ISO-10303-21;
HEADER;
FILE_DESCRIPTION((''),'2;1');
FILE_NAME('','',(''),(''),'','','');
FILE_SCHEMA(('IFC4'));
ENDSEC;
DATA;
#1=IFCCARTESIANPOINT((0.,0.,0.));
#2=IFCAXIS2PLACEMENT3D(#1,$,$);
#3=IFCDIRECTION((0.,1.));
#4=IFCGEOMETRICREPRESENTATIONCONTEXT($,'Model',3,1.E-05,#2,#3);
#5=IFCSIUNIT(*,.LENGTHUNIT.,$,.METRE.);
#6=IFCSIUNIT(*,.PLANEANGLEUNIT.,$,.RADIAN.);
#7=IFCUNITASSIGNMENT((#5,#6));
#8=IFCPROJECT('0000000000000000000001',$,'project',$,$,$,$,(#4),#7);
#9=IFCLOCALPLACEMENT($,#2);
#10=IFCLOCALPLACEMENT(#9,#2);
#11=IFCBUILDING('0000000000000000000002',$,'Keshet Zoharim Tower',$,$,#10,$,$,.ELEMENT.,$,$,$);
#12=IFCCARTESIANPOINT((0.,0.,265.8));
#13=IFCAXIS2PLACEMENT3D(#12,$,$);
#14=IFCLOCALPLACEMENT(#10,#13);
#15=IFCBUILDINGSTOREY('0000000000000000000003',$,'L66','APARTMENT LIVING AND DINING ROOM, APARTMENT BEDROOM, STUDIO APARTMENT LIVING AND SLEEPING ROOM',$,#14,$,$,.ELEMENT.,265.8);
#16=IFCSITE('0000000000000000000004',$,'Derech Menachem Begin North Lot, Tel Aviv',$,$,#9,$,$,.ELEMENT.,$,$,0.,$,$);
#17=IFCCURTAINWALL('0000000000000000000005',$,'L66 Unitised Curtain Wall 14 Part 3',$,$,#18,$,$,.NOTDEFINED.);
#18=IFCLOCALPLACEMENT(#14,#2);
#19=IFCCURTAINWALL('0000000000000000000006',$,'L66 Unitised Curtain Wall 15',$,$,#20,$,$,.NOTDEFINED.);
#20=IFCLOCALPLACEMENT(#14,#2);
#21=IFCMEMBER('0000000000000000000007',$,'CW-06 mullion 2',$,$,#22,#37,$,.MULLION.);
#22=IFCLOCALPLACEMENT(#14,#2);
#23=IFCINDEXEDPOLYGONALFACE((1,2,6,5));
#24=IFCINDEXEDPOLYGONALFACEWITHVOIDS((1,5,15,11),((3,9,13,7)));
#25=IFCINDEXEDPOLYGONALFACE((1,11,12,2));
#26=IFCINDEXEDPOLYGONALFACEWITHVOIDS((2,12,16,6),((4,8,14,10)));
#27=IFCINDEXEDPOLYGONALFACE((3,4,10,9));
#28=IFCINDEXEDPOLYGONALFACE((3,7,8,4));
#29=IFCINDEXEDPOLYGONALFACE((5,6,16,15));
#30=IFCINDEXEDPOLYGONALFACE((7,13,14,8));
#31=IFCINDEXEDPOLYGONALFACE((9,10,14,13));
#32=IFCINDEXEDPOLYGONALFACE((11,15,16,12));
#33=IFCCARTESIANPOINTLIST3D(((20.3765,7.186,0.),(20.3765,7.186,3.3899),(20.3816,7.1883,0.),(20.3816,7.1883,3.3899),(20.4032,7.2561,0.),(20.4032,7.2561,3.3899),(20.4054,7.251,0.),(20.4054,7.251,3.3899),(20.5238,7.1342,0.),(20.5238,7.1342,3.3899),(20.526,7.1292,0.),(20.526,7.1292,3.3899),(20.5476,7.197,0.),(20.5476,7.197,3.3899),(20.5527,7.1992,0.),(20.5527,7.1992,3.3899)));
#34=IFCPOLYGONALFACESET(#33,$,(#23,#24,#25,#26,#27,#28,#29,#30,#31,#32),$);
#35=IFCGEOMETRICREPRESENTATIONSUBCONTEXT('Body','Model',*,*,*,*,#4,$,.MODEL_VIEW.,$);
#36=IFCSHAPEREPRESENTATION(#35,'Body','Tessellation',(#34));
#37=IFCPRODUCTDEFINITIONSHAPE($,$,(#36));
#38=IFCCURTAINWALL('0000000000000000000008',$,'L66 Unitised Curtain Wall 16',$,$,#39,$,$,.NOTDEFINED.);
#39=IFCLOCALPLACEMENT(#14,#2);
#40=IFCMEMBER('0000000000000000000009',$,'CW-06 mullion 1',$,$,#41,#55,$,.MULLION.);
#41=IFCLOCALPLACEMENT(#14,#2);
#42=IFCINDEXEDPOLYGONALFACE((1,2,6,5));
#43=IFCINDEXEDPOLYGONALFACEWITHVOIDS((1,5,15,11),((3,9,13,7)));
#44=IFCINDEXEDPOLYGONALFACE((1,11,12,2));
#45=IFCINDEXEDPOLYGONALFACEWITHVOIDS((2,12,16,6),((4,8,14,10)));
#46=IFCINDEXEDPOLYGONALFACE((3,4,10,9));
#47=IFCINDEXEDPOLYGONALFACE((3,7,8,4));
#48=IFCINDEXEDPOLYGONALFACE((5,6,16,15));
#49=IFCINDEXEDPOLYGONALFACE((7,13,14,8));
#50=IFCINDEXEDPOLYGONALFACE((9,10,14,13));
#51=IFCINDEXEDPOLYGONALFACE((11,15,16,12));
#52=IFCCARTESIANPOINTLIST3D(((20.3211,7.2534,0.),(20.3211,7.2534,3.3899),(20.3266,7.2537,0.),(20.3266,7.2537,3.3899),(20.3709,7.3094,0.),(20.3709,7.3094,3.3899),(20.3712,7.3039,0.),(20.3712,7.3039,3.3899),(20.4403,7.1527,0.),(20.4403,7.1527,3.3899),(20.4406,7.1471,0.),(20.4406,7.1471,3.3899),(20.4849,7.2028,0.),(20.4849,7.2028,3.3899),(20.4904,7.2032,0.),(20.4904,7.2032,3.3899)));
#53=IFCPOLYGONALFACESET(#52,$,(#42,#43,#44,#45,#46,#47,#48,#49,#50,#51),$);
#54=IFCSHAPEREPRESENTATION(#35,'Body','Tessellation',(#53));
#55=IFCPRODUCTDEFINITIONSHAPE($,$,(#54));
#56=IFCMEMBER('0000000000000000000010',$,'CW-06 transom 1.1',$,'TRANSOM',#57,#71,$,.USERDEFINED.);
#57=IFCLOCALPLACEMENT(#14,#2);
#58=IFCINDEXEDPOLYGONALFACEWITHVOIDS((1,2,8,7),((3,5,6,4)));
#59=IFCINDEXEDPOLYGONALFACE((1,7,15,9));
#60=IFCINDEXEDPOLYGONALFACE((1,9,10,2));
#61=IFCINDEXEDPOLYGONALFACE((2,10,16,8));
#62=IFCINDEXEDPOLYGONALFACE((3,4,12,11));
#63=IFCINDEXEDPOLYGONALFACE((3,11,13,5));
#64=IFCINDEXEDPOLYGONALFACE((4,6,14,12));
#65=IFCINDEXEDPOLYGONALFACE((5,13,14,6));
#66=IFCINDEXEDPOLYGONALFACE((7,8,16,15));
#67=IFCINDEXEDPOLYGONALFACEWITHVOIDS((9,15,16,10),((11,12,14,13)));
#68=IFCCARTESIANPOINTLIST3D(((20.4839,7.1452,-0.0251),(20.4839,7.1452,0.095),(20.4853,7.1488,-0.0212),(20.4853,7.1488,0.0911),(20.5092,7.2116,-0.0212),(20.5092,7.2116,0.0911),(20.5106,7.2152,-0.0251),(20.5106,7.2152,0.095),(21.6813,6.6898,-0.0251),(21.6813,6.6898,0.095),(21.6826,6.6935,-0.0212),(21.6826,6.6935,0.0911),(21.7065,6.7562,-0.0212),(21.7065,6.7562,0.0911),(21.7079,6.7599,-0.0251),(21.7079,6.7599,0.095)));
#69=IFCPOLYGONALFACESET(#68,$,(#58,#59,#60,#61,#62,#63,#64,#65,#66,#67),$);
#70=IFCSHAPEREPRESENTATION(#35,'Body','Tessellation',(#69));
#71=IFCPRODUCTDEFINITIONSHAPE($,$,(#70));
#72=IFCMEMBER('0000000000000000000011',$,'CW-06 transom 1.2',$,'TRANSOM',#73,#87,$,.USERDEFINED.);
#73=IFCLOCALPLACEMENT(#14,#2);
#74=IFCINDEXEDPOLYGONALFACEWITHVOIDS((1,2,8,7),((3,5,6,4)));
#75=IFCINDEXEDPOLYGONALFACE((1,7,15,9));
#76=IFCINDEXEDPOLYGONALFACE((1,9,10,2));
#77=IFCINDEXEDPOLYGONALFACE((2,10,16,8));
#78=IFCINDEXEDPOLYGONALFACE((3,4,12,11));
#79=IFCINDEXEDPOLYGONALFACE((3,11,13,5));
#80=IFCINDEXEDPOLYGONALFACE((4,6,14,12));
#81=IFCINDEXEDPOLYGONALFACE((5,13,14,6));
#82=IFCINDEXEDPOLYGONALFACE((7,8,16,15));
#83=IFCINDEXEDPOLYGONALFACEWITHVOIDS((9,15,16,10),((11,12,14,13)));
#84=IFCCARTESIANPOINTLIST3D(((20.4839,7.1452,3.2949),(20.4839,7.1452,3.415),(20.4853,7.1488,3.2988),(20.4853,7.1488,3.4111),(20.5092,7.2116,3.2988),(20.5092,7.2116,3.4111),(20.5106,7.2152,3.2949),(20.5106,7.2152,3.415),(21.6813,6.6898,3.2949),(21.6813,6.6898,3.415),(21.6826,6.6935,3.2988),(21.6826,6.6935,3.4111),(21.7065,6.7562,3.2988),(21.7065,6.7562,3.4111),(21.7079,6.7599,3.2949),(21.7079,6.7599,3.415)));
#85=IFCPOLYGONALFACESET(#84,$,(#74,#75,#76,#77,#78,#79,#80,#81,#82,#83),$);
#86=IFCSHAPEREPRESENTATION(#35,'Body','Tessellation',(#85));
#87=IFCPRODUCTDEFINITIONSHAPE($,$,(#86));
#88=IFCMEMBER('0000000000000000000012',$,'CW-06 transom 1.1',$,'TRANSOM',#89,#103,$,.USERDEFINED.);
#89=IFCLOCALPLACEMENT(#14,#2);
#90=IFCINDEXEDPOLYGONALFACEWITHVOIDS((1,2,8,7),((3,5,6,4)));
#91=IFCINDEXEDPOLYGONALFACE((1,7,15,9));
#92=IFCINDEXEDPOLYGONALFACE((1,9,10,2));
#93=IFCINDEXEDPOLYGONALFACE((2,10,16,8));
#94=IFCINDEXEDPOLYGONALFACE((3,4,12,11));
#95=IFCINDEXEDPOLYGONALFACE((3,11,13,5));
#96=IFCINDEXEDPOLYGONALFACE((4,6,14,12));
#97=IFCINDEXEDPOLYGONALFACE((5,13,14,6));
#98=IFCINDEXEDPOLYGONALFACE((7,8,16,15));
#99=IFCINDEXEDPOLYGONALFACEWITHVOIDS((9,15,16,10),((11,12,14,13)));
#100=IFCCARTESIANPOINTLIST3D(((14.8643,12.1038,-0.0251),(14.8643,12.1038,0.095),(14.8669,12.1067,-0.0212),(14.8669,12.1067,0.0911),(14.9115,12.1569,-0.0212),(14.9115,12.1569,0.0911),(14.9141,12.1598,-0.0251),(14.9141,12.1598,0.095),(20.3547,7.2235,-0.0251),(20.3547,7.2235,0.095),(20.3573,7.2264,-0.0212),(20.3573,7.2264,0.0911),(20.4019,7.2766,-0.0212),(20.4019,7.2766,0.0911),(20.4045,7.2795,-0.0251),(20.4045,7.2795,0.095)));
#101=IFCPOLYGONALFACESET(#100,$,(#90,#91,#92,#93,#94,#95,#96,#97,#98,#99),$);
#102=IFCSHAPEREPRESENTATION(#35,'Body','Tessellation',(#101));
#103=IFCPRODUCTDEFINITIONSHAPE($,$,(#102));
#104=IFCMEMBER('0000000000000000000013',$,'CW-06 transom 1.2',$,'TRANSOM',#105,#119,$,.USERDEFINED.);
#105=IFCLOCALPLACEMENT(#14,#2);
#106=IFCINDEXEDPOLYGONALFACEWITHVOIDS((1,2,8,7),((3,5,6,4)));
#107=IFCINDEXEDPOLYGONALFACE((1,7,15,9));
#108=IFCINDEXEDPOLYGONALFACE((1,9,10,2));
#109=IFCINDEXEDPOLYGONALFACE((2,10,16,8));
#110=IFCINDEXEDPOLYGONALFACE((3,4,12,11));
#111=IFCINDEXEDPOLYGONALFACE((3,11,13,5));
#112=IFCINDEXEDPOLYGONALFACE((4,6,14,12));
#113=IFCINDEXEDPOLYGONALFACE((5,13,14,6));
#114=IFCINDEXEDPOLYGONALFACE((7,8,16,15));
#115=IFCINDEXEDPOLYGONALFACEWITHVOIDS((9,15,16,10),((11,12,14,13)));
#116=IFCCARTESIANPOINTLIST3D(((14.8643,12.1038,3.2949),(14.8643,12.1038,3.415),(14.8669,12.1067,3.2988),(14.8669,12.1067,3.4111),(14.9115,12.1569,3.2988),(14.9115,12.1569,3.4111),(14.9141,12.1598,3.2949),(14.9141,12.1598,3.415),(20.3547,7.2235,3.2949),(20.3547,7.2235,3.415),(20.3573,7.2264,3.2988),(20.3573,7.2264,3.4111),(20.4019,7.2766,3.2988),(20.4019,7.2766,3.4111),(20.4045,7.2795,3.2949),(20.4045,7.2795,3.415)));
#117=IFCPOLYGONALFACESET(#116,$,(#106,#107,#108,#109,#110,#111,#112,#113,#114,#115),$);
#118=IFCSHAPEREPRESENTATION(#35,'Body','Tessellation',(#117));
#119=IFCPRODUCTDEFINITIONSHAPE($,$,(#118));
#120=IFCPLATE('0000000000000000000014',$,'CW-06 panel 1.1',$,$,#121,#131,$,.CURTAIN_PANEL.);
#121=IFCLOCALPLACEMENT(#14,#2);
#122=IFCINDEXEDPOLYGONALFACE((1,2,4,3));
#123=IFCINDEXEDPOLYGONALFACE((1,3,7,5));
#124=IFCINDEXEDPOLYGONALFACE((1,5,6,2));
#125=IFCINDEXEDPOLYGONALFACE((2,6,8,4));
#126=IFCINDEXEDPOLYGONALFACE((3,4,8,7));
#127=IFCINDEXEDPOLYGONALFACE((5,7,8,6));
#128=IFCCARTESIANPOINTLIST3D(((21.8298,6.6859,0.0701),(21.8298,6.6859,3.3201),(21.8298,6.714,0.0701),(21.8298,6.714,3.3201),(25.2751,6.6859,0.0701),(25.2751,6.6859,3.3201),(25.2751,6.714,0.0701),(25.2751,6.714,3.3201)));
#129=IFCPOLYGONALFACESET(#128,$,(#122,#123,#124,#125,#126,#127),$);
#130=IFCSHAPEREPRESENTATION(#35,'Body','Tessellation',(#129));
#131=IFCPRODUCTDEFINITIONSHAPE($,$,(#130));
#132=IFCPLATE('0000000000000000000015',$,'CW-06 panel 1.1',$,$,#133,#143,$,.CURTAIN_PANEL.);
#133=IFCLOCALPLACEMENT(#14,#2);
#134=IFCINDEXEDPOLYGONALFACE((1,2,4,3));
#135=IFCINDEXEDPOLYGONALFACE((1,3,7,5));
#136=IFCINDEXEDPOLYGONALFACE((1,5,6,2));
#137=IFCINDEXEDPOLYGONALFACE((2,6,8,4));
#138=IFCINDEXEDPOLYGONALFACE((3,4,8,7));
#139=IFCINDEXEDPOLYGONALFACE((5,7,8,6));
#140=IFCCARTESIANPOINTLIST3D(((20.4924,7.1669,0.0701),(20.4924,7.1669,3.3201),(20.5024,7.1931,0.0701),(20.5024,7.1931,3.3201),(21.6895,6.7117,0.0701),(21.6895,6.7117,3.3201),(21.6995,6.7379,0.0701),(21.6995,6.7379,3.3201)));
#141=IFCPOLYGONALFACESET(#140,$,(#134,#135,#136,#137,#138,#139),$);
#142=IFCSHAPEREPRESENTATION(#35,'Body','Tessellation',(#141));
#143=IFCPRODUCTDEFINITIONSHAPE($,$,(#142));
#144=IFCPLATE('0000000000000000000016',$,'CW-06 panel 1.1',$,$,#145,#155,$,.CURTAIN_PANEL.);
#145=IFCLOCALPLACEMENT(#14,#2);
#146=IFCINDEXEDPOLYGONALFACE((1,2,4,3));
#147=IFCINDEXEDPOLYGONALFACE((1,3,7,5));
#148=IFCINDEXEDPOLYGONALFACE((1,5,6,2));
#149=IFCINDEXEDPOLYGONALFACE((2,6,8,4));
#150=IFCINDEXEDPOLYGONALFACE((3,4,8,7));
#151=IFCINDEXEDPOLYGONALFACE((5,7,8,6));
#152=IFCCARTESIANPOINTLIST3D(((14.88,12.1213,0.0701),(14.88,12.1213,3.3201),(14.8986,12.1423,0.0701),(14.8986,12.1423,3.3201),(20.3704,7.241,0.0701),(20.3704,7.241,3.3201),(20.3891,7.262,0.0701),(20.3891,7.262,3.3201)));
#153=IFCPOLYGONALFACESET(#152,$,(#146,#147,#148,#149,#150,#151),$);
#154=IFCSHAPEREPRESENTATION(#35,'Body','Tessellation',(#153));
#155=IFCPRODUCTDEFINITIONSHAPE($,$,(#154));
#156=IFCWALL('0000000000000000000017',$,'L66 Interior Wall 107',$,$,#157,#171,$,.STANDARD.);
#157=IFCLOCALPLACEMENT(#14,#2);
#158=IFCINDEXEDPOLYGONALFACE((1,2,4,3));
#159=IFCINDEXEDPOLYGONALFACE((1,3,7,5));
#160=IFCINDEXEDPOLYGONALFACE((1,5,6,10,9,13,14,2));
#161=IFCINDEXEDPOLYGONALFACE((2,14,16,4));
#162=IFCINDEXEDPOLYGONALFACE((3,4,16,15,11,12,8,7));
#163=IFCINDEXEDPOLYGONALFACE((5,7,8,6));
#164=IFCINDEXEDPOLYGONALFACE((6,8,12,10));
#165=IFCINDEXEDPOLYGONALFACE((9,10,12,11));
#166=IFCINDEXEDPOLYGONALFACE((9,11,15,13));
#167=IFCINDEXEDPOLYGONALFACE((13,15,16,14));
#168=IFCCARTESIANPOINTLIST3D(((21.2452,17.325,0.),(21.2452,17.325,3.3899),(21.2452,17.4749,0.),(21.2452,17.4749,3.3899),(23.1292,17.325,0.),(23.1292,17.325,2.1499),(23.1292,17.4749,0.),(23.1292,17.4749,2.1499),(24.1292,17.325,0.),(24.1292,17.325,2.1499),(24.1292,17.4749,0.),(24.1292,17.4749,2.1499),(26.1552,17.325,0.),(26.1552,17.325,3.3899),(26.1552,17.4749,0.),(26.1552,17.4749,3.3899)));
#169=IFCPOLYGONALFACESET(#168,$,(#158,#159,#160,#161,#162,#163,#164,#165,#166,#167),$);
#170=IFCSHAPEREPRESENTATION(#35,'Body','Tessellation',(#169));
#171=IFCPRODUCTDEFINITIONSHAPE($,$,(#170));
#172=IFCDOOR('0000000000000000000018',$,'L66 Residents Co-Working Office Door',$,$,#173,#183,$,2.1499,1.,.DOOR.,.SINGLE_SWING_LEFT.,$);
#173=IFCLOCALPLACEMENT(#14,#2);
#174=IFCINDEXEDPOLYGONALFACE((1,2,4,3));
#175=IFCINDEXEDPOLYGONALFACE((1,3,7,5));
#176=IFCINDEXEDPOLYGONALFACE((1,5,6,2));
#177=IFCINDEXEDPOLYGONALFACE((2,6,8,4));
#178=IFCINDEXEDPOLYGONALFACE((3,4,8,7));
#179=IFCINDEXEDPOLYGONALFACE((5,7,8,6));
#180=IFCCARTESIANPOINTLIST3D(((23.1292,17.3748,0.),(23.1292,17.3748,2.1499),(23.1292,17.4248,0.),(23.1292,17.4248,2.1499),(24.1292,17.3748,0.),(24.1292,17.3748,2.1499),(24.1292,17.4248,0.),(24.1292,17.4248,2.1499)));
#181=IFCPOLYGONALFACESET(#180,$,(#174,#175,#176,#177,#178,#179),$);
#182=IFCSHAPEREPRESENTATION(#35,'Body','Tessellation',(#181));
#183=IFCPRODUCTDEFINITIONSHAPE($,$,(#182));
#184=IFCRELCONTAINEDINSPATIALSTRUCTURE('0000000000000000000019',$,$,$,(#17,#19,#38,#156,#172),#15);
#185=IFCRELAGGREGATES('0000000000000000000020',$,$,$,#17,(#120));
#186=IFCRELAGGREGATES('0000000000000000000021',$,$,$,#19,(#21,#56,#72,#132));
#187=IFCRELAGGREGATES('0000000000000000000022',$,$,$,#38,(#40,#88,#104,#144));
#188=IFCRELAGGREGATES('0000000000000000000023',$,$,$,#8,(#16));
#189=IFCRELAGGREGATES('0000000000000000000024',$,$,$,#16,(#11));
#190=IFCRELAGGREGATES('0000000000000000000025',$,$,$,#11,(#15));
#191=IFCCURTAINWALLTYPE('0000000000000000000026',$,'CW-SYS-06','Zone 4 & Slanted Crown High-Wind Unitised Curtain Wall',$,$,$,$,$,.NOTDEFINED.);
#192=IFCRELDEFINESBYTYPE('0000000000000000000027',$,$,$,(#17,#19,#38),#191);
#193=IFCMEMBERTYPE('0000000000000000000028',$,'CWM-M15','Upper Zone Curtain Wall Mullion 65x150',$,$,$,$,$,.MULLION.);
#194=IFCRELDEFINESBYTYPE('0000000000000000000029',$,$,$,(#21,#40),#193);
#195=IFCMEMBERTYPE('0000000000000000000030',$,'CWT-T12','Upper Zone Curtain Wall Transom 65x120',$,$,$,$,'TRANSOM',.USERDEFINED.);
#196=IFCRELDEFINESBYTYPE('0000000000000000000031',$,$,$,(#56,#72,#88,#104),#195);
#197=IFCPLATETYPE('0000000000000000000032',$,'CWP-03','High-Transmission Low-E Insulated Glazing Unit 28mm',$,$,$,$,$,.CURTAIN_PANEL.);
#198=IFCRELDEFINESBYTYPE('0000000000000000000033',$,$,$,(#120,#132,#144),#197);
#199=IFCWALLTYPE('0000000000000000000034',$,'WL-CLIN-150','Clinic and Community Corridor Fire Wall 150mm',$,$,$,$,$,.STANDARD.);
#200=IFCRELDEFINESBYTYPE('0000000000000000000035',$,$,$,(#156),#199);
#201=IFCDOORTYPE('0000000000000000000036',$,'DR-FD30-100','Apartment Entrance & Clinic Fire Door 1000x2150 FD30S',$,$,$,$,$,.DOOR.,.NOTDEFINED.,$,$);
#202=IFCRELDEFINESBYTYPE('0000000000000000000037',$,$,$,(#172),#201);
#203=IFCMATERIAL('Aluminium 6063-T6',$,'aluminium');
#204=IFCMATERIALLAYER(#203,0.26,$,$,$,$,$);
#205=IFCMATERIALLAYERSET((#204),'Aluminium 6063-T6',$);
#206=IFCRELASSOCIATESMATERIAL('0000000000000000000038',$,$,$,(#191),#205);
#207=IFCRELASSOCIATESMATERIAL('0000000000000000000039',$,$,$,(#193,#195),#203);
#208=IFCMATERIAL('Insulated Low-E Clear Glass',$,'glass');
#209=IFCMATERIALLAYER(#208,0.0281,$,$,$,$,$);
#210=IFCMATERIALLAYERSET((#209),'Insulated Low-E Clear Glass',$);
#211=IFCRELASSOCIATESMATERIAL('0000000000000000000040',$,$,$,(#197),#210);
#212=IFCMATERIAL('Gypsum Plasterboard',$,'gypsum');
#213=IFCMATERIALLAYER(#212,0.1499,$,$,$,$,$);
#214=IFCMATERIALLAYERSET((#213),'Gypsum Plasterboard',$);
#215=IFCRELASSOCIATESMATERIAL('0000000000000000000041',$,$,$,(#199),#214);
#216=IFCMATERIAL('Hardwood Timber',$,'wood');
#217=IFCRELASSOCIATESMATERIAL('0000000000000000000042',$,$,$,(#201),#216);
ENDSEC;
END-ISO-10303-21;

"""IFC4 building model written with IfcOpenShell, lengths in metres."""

from ifc_helpers import new_model, si_unit, direction, frame, frame_2d, origin, origin_2d, place, context, subcontext, project, spatial, rectangle, hollow_rectangle, extrude, material, layer, layer_set, material_profile, profile_set, type_object, element, fill, aggregate, save


model = new_model("IFC4")

# Units and contexts
model_context = context("Model", 3, precision=1e-05, world=origin(), true_north=direction((0.0, 1.0)))
body_context = subcontext(model_context, "Body", "Model", "MODEL_VIEW")
ifc_project = project(units=[si_unit("LENGTHUNIT", "METRE"), si_unit("PLANEANGLEUNIT", "RADIAN")], contexts=[model_context])

# Site, building, storey
site_placement = place(None, origin())
site = spatial("IfcSite", under=ifc_project, at=site_placement, Name="Derech Menachem Begin North Lot, Tel Aviv", CompositionType="ELEMENT", RefElevation=0.0)
building_placement = place(site_placement, origin())
building = spatial("IfcBuilding", under=site, at=building_placement, Name="Keshet Zoharim Tower", CompositionType="ELEMENT")
storey_placement = place(building_placement, frame((0.0, 0.0, 265.8)))
storey = spatial("IfcBuildingStorey", under=building, at=storey_placement, Name="L66", Description="APARTMENT LIVING AND DINING ROOM, APARTMENT BEDROOM, STUDIO APARTMENT LIVING AND SLEEPING ROOM", CompositionType="ELEMENT", Elevation=265.8)

# Curtain wall
ifc_material_1 = material(Name="Aluminium 6063-T6", Category="aluminium")
ifc_layer_1 = layer(ifc_material_1, 0.26)
ifc_layer_set_1 = layer_set([ifc_layer_1], Name="Aluminium 6063-T6")
curtain_wall_type = type_object("IfcCurtainWallType", Name="CW-SYS-06", Description="Zone 4 & Slanted Crown High-Wind Unitised Curtain Wall", PredefinedType="NOTDEFINED", material=ifc_layer_set_1)
curtain_wall_1_placement = place(storey_placement, origin())
curtain_wall_1 = element("IfcCurtainWall", 1, at=curtain_wall_1_placement, inside=storey, type_object=curtain_wall_type, Name="L66 Unitised Curtain Wall 14 Part 3", PredefinedType="NOTDEFINED")
ifc_material_profile_1 = material_profile(ifc_material_1, hollow_rectangle(XDim=0.075, YDim=0.1599, WallThickness=0.0039, at=origin_2d()), Name="MUL-75x160")
ifc_profile_set_1 = profile_set([ifc_material_profile_1], Name="Aluminium 6063-T6")
member_type_1 = type_object("IfcMemberType", Name="CWM-M15", Description="Upper Zone Curtain Wall Mullion 65x150", PredefinedType="MULLION", material=ifc_profile_set_1)

# Curtain wall, member
curtain_wall_2_placement = place(storey_placement, origin())
curtain_wall_2 = element("IfcCurtainWall", 2, at=curtain_wall_2_placement, inside=storey, type_object=curtain_wall_type, Name="L66 Unitised Curtain Wall 15", PredefinedType="NOTDEFINED")
member_1_placement = place(storey_placement, frame((20.4646, 7.1926, 0.0), z_axis=(0.0, 0.0, 1.0), x_axis=(-0.355439, -0.934699, 0.0)))
member_1 = element("IfcMember", 3, at=member_1_placement, type_object=member_type_1, Name="CW-06 mullion 2", PredefinedType="MULLION", context=body_context, shape_type="SweptSolid", body=[
    extrude(hollow_rectangle(XDim=0.075, YDim=0.1599, WallThickness=0.0039, at=origin_2d()), origin(), (0.0, 0.0, 1.0), 3.3899),
])

# Curtain wall, member
curtain_wall_3_placement = place(storey_placement, origin())
curtain_wall_3 = element("IfcCurtainWall", 4, at=curtain_wall_3_placement, inside=storey, type_object=curtain_wall_type, Name="L66 Unitised Curtain Wall 16", PredefinedType="NOTDEFINED")
member_2_placement = place(storey_placement, frame((20.4058, 7.2283, 0.0), z_axis=(0.0, 0.0, 1.0), x_axis=(-0.664362, -0.747411, 0.0)))
member_2 = element("IfcMember", 5, at=member_2_placement, type_object=member_type_1, Name="CW-06 mullion 1", PredefinedType="MULLION", context=body_context, shape_type="SweptSolid", body=[
    extrude(hollow_rectangle(XDim=0.075, YDim=0.1599, WallThickness=0.0039, at=origin_2d()), origin(), (0.0, 0.0, 1.0), 3.3899),
])

# Members
ifc_material_profile_2 = material_profile(ifc_material_1, hollow_rectangle(XDim=0.075, YDim=0.1201, WallThickness=0.0039, at=origin_2d()), Name="TRN-75x120")
ifc_profile_set_2 = profile_set([ifc_material_profile_2], Name="Aluminium 6063-T6")
member_type_2 = type_object("IfcMemberType", Name="CWT-T12", Description="Upper Zone Curtain Wall Transom 65x120", ElementType="TRANSOM", PredefinedType="USERDEFINED", material=ifc_profile_set_2)
member_3_placement = place(storey_placement, frame((21.6946, 6.7249, 0.0349), z_axis=(-0.93469, 0.355464, 0.0), x_axis=(-0.355464, -0.93469, 0.0)))
member_3 = element("IfcMember", 6, at=member_3_placement, type_object=member_type_2, Name="CW-06 transom 1.1", ObjectType="TRANSOM", PredefinedType="USERDEFINED", context=body_context, shape_type="SweptSolid", body=[
    extrude(hollow_rectangle(XDim=0.075, YDim=0.1201, WallThickness=0.0039, at=origin_2d()), origin(), (0.0, 0.0, 1.0), 1.281),
])
member_4_placement = place(storey_placement, frame((21.6946, 6.7249, 3.355), z_axis=(-0.93469, 0.355464, 0.0), x_axis=(-0.355464, -0.93469, 0.0)))
member_4 = element("IfcMember", 7, at=member_4_placement, type_object=member_type_2, Name="CW-06 transom 1.2", ObjectType="TRANSOM", PredefinedType="USERDEFINED", context=body_context, shape_type="SweptSolid", body=[
    extrude(hollow_rectangle(XDim=0.075, YDim=0.1201, WallThickness=0.0039, at=origin_2d()), origin(), (0.0, 0.0, 1.0), 1.281),
])
member_5_placement = place(storey_placement, frame((20.3796, 7.2515, 0.0349), z_axis=(-0.747413, 0.66436, 0.0), x_axis=(-0.66436, -0.747413, 0.0)))
member_5 = element("IfcMember", 8, at=member_5_placement, type_object=member_type_2, Name="CW-06 transom 1.1", ObjectType="TRANSOM", PredefinedType="USERDEFINED", context=body_context, shape_type="SweptSolid", body=[
    extrude(hollow_rectangle(XDim=0.075, YDim=0.1201, WallThickness=0.0039, at=origin_2d()), origin(), (0.0, 0.0, 1.0), 7.3459),
])
member_6_placement = place(storey_placement, frame((20.3796, 7.2515, 3.355), z_axis=(-0.747413, 0.66436, 0.0), x_axis=(-0.66436, -0.747413, 0.0)))
member_6 = element("IfcMember", 9, at=member_6_placement, type_object=member_type_2, Name="CW-06 transom 1.2", ObjectType="TRANSOM", PredefinedType="USERDEFINED", context=body_context, shape_type="SweptSolid", body=[
    extrude(hollow_rectangle(XDim=0.075, YDim=0.1201, WallThickness=0.0039, at=origin_2d()), origin(), (0.0, 0.0, 1.0), 7.3459),
])

# Plates
ifc_material_2 = material(Name="Insulated Low-E Clear Glass", Category="glass")
ifc_layer_2 = layer(ifc_material_2, 0.0281)
ifc_layer_set_2 = layer_set([ifc_layer_2], Name="Insulated Low-E Clear Glass")
plate_type = type_object("IfcPlateType", Name="CWP-03", Description="High-Transmission Low-E Insulated Glazing Unit 28mm", PredefinedType="CURTAIN_PANEL", material=ifc_layer_set_2)
plate_1_placement = place(storey_placement, frame((23.5525, 6.7, 0.0701), z_axis=(0.0, 0.0, 1.0), x_axis=(-1.0, 0.0, 0.0)))
plate_1 = element("IfcPlate", 10, at=plate_1_placement, type_object=plate_type, Name="CW-06 panel 1.1", PredefinedType="CURTAIN_PANEL", context=body_context, shape_type="SweptSolid", body=[
    extrude(rectangle(XDim=3.4453, YDim=0.0281, at=origin_2d()), origin(), (0.0, 0.0, 1.0), 3.25),
])
aggregate(curtain_wall_1, [plate_1])
plate_2_placement = place(storey_placement, frame((21.0959, 6.9524, 0.0701), z_axis=(0.0, 0.0, 1.0), x_axis=(-0.934699, 0.355439, 0.0)))
plate_2 = element("IfcPlate", 11, at=plate_2_placement, type_object=plate_type, Name="CW-06 panel 1.1", PredefinedType="CURTAIN_PANEL", context=body_context, shape_type="SweptSolid", body=[
    extrude(rectangle(XDim=1.2808, YDim=0.0281, at=origin_2d()), origin(), (0.0, 0.0, 1.0), 3.25),
])
aggregate(curtain_wall_2, [member_1, member_3, member_4, plate_2])
plate_3_placement = place(storey_placement, frame((17.6345, 9.6917, 0.0701), z_axis=(0.0, 0.0, 1.0), x_axis=(-0.747411, 0.664362, 0.0)))
plate_3 = element("IfcPlate", 12, at=plate_3_placement, type_object=plate_type, Name="CW-06 panel 1.1", PredefinedType="CURTAIN_PANEL", context=body_context, shape_type="SweptSolid", body=[
    extrude(rectangle(XDim=7.3459, YDim=0.0281, at=origin_2d()), origin(), (0.0, 0.0, 1.0), 3.25),
])
aggregate(curtain_wall_3, [member_2, member_5, member_6, plate_3])

# Wall, opening, door
ifc_material_3 = material(Name="Gypsum Plasterboard", Category="gypsum")
ifc_layer_3 = layer(ifc_material_3, 0.1499)
ifc_layer_set_3 = layer_set([ifc_layer_3], Name="Gypsum Plasterboard")
wall_type_1 = type_object("IfcWallType", Name="WL-CLIN-150", Description="Clinic and Community Corridor Fire Wall 150mm", PredefinedType="STANDARD", material=ifc_layer_set_3)
wall_1_placement = place(storey_placement, frame((21.2451, 17.3999, 0.0), z_axis=(0.0, 0.0, 1.0), x_axis=(1.0, 0.0, 0.0)))
wall_1 = element("IfcWall", 13, at=wall_1_placement, inside=storey, type_object=wall_type_1, Name="L66 Interior Wall 107", PredefinedType="STANDARD", context=body_context, shape_type="SweptSolid", body=[
    extrude(rectangle(XDim=4.9099, YDim=0.1499, at=frame_2d((2.4551, 0.0))), origin(), (0.0, 0.0, 1.0), 3.3899),
])
opening_1_placement = place(wall_1_placement, frame((1.884, 0.0, 0.0)))
opening_1 = element("IfcOpeningElement", 14, at=opening_1_placement, cuts=wall_1, PredefinedType="OPENING", context=body_context, shape_type="SweptSolid", body=[
    extrude(rectangle(XDim=1.0, YDim=2.1499, at=frame_2d((0.5, 1.075))), frame((0.0, 0.085, 0.0), z_axis=(0.0, -1.0, 0.0), x_axis=(1.0, 0.0, 0.0)), (0.0, 0.0, 1.0), 0.1699),
])
ifc_material_4 = material(Name="Hardwood Timber", Category="wood")
door_type_1 = type_object("IfcDoorType", Name="DR-FD30-100", Description="Apartment Entrance & Clinic Fire Door 1000x2150 FD30S", OperationType="NOTDEFINED", PredefinedType="DOOR", material=ifc_material_4)
door_1_placement = place(opening_1_placement, origin())
door_1 = element("IfcDoor", 15, at=door_1_placement, inside=storey, type_object=door_type_1, Name="L66 Residents Co-Working Office Door", OperationType="SINGLE_SWING_LEFT", OverallHeight=2.1499, OverallWidth=1.0, PredefinedType="DOOR", context=body_context, shape_type="SweptSolid", body=[
    extrude(rectangle(XDim=1.0, YDim=2.1499, at=frame_2d((0.5, 1.075))), frame((0.0, 0.0249, 0.0), z_axis=(0.0, -1.0, 0.0), x_axis=(1.0, 0.0, 0.0)), (0.0, 0.0, 1.0), 0.05),
])
fill(opening_1, door_1)

save(model, "model.ifc")
